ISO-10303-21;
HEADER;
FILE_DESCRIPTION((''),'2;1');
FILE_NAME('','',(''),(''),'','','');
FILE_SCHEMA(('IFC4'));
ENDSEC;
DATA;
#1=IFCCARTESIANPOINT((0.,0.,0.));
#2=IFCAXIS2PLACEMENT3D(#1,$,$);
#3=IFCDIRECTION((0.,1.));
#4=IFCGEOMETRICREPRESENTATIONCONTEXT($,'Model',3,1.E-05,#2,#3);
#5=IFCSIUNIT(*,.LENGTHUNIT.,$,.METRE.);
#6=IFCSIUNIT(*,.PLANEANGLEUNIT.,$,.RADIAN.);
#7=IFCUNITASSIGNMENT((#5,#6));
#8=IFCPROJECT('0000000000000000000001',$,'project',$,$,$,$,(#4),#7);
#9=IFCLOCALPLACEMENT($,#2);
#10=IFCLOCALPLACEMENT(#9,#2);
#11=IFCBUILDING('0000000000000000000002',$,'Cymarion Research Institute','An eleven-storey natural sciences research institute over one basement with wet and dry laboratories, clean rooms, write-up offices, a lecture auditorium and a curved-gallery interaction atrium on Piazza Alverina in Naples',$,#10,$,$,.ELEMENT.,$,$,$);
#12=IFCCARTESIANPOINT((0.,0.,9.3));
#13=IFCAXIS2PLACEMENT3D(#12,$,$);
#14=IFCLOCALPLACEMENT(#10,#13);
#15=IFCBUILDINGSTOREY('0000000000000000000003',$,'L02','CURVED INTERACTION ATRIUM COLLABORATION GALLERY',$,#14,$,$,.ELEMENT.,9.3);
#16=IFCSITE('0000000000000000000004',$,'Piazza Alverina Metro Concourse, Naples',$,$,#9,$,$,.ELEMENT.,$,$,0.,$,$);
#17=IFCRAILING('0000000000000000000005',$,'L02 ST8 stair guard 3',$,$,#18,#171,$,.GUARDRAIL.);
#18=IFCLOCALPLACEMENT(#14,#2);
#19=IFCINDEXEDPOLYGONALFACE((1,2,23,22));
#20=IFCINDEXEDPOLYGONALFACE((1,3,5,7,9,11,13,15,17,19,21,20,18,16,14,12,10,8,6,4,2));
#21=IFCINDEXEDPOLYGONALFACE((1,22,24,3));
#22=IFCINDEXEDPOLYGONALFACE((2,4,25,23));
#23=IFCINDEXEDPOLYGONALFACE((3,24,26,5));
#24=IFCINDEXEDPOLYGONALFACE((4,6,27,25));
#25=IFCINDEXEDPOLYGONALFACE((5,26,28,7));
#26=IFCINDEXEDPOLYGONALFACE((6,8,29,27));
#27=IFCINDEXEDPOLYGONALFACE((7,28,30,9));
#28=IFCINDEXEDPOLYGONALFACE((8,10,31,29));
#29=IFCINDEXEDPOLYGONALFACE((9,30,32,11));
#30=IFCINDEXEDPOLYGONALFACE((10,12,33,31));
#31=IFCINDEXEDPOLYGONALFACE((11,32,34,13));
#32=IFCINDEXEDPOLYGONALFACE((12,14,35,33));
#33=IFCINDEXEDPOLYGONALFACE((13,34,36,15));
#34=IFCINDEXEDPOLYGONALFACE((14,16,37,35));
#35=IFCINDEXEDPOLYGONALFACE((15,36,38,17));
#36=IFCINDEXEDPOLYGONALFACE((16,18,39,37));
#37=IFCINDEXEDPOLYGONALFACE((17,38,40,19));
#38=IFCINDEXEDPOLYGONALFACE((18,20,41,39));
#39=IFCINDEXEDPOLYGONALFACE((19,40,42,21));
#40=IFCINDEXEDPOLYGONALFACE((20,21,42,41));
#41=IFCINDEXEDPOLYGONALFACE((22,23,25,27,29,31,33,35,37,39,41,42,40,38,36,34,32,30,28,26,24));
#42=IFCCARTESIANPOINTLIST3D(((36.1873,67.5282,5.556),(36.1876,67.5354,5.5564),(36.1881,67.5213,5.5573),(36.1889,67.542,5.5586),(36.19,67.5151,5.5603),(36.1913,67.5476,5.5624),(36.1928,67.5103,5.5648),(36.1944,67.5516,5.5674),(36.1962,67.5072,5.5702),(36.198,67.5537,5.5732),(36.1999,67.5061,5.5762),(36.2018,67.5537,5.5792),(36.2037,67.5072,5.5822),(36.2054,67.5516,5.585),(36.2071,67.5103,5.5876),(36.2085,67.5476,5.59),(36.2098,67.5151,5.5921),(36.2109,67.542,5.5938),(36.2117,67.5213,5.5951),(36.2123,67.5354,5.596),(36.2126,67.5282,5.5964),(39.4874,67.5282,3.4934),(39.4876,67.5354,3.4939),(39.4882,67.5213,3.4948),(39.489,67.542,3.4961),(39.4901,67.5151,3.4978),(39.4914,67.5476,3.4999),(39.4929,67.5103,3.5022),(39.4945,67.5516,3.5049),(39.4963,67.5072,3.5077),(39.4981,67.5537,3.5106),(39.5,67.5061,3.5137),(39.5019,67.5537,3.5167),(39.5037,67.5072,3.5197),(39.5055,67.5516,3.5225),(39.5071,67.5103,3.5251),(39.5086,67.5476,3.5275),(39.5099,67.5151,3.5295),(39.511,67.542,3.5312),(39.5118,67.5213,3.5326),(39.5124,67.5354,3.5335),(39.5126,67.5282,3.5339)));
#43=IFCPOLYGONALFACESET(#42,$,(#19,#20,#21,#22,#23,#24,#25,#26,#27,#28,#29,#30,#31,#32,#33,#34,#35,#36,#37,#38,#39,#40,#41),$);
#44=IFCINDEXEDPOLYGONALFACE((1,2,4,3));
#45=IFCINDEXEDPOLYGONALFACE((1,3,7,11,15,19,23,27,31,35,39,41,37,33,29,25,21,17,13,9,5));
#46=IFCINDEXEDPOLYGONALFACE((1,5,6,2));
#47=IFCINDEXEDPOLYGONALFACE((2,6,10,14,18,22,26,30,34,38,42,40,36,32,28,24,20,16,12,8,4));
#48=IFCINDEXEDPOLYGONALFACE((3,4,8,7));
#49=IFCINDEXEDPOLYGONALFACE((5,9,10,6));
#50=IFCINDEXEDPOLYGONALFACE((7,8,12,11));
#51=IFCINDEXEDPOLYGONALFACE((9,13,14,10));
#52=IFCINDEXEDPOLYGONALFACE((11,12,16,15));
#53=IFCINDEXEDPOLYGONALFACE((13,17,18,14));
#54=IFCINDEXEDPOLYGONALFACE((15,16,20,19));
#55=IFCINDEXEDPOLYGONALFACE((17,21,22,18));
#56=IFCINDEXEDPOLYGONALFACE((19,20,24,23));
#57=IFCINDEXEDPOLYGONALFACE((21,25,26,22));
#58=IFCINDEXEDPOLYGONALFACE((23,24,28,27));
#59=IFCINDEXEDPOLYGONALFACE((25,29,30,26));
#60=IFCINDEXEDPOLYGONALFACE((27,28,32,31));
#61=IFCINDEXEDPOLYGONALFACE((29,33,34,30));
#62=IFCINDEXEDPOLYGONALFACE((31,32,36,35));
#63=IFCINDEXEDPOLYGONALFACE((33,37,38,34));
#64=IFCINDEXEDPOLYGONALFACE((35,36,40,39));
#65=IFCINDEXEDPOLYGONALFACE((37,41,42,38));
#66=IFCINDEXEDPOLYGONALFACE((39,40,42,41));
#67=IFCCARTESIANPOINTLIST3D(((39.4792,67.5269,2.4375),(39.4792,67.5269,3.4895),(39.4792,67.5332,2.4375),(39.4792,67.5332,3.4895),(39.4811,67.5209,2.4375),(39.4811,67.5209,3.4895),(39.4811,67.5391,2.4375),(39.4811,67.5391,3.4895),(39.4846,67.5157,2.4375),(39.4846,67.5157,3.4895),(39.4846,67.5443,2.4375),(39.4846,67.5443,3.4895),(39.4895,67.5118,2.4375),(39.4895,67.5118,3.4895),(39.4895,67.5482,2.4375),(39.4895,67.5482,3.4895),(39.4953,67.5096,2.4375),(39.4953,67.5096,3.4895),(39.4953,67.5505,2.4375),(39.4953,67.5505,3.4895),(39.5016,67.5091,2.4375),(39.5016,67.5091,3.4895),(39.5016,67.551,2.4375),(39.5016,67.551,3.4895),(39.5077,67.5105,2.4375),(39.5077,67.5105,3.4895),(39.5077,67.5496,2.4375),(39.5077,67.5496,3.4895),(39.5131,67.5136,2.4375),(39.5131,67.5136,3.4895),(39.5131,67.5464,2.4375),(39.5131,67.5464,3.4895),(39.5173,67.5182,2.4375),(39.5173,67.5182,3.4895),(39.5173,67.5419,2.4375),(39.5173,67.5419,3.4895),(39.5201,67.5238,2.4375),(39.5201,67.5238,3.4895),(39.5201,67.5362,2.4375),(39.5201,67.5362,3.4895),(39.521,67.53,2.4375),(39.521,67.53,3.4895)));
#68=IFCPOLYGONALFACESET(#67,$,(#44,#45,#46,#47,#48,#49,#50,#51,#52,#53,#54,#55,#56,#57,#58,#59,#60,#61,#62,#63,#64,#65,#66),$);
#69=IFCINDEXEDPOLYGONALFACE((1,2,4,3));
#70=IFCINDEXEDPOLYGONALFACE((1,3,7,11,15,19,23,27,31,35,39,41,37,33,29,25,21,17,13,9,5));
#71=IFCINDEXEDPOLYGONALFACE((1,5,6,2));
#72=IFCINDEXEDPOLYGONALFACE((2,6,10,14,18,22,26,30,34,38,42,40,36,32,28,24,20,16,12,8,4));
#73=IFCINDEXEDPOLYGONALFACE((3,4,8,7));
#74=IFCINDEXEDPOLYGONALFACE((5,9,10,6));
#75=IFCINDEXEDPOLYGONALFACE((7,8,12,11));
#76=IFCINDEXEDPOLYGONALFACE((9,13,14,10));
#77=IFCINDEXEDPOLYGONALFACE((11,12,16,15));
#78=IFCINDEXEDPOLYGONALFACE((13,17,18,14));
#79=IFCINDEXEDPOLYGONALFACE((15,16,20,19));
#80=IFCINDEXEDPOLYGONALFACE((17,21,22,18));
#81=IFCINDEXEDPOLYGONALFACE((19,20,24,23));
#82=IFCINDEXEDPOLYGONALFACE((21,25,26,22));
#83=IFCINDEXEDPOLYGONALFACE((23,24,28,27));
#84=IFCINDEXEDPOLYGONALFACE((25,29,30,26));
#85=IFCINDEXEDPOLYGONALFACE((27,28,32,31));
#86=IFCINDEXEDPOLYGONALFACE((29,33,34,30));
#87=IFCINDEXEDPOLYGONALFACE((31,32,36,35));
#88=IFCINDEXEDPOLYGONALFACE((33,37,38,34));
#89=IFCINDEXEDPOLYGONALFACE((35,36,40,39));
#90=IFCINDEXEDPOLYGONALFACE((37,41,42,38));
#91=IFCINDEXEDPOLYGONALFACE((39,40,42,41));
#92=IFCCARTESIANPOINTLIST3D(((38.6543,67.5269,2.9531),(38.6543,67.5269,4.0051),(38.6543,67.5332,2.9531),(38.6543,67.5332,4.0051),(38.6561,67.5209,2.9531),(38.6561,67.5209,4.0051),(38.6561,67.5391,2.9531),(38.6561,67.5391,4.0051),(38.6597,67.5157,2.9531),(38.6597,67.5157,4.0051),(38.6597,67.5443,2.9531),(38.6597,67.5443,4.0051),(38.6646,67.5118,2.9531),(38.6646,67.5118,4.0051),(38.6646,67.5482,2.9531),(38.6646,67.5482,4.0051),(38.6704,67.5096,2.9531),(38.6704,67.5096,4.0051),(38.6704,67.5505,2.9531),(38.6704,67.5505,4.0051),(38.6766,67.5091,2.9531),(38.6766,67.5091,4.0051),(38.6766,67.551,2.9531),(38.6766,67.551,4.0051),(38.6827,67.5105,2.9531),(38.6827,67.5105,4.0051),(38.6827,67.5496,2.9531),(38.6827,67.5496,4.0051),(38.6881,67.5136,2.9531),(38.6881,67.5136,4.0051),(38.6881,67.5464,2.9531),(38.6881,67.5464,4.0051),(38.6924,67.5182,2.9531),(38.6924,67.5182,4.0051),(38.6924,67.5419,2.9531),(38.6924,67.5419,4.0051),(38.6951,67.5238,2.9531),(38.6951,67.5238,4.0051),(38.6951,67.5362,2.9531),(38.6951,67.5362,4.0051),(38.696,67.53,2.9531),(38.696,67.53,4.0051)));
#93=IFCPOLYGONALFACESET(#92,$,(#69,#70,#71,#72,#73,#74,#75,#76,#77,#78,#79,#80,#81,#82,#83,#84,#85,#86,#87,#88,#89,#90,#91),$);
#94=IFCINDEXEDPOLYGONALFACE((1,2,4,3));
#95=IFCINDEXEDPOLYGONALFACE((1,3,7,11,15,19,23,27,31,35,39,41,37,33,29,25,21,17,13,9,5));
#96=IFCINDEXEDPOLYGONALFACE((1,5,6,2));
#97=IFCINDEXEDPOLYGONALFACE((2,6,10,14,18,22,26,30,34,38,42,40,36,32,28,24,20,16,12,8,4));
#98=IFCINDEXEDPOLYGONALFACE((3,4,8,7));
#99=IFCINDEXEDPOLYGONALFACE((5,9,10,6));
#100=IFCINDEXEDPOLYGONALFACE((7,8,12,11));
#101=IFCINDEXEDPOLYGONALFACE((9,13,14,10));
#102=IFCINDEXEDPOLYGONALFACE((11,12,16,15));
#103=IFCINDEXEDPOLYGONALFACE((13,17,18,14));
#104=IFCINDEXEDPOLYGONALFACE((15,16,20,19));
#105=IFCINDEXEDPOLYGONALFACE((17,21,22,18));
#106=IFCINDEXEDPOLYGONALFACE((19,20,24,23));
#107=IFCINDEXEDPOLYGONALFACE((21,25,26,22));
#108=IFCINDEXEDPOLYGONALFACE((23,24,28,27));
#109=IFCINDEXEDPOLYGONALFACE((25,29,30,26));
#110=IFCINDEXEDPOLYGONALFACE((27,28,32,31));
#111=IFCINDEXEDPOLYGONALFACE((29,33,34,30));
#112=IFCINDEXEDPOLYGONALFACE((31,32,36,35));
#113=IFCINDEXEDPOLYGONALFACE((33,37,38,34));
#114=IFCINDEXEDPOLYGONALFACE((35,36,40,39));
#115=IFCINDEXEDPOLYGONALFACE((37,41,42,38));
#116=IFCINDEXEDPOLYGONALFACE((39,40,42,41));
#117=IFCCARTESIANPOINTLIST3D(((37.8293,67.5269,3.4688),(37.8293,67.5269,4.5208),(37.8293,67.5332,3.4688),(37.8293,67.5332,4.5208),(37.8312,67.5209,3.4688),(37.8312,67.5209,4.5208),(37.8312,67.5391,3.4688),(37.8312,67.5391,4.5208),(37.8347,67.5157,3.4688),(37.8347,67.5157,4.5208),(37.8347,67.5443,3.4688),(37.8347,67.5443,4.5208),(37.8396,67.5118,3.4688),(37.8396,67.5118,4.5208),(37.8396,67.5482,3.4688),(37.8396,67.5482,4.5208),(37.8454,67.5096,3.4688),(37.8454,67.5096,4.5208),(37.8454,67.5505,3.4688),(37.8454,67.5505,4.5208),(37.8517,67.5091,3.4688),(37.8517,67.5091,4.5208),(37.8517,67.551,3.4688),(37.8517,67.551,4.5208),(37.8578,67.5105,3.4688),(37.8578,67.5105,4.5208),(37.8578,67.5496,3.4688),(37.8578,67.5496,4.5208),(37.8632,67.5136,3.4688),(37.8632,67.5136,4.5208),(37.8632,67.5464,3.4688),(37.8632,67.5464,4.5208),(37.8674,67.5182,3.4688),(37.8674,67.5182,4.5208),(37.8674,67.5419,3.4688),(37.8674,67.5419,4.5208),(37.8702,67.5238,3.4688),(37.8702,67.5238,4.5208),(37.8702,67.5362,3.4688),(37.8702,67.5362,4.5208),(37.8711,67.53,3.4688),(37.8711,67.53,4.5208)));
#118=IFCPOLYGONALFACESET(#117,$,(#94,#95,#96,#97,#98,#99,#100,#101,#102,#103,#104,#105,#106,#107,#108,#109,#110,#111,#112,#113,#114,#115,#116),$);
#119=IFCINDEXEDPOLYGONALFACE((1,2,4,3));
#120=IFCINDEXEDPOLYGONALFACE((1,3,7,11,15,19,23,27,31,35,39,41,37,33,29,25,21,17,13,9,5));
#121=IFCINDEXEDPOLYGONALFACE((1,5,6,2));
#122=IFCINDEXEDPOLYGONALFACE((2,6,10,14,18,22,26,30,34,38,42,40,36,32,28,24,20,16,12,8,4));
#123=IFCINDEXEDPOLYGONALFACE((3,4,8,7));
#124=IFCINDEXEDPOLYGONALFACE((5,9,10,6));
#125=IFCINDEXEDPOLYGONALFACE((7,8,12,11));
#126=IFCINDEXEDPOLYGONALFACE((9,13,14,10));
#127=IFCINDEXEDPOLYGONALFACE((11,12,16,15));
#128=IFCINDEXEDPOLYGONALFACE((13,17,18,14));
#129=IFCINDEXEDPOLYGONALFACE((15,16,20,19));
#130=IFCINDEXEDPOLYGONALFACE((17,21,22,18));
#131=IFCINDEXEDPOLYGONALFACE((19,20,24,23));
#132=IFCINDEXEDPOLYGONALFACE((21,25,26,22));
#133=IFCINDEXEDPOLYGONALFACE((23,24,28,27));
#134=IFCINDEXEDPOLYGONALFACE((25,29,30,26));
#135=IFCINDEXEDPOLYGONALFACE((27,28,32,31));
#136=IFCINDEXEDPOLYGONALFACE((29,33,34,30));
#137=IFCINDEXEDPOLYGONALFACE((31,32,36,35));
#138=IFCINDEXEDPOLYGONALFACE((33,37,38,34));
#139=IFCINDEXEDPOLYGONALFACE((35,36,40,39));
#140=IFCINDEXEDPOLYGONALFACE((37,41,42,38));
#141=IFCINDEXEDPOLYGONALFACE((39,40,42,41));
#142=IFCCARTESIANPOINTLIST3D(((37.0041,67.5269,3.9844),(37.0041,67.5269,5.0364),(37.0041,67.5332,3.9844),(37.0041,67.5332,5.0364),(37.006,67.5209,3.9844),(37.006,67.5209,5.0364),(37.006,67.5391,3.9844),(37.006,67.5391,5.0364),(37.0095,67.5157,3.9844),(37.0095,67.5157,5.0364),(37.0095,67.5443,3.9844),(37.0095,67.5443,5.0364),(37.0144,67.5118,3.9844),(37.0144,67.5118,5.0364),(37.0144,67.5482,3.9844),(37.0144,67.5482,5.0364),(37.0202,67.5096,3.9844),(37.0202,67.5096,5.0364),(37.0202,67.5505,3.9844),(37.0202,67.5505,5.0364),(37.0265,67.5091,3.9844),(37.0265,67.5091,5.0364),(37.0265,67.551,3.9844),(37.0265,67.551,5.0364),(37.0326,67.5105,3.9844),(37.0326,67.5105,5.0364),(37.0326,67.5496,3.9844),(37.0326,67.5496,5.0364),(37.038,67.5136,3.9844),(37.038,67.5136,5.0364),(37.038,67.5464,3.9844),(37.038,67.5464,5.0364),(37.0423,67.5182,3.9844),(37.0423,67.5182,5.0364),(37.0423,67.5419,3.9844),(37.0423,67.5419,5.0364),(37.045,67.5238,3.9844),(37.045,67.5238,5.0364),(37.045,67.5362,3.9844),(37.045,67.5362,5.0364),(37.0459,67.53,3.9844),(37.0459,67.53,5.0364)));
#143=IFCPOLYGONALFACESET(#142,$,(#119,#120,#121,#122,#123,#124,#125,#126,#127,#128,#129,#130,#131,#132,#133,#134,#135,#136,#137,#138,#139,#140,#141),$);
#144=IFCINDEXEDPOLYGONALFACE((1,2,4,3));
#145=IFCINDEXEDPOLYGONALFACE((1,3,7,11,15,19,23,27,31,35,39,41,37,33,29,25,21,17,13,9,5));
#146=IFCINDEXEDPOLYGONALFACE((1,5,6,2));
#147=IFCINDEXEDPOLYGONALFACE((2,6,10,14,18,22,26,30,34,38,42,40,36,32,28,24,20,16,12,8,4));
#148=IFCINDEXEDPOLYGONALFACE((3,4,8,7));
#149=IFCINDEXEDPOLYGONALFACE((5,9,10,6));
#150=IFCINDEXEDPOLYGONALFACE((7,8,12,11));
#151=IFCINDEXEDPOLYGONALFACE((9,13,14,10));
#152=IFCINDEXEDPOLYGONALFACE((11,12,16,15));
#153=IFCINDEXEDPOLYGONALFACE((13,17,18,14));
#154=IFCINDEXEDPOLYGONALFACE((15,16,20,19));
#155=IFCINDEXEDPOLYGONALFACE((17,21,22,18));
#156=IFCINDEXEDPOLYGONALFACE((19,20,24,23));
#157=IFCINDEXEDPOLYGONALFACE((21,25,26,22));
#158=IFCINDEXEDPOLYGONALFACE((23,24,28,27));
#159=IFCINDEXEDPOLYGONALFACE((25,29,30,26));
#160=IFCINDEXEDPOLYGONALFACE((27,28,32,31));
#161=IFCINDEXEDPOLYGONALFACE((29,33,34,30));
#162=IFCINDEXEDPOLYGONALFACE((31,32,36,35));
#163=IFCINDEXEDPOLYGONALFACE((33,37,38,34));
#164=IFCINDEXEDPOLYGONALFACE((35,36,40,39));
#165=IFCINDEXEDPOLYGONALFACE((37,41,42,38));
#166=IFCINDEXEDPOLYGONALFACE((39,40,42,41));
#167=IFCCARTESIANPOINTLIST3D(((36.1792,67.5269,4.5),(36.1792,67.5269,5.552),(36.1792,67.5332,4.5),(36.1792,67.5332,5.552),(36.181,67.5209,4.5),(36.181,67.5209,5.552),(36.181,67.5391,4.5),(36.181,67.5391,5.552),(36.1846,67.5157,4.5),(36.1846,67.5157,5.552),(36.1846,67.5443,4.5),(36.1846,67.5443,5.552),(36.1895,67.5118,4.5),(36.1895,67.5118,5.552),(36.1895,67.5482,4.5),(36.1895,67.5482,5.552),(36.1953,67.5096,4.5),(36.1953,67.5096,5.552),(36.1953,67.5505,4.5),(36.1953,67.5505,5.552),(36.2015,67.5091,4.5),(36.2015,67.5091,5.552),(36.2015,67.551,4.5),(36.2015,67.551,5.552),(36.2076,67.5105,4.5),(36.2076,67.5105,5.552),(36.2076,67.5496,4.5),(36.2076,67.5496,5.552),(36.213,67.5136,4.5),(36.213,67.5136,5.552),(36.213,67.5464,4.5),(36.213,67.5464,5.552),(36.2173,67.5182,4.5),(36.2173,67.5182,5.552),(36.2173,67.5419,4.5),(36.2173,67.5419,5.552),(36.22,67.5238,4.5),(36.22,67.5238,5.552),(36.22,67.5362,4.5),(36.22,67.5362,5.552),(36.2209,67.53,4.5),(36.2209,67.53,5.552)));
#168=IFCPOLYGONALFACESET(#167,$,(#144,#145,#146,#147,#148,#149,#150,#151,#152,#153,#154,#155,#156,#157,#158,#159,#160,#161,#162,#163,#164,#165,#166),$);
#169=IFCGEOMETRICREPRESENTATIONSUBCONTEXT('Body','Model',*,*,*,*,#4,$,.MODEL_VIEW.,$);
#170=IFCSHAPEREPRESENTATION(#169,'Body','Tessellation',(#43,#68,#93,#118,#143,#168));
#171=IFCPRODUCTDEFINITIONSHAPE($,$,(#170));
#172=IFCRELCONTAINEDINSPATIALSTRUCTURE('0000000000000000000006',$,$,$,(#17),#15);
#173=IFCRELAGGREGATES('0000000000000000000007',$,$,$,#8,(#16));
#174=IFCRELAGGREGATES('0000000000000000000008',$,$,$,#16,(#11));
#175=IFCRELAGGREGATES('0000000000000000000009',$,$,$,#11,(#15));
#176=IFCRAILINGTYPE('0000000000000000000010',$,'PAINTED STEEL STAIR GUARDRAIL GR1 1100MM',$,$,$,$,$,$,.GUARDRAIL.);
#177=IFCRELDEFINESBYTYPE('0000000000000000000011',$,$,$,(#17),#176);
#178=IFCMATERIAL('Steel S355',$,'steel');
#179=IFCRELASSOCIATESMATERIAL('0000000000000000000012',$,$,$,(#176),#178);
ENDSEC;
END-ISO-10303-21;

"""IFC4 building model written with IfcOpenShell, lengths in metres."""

from ifc_helpers import new_model, si_unit, direction, frame, origin, origin_2d, place, context, subcontext, project, spatial, circle, extrude, material, type_object, element, save


model = new_model("IFC4")

# Units and contexts
model_context = context("Model", 3, precision=1e-05, world=origin(), true_north=direction((0.0, 1.0)))
body_context = subcontext(model_context, "Body", "Model", "MODEL_VIEW")
ifc_project = project(units=[si_unit("LENGTHUNIT", "METRE"), si_unit("PLANEANGLEUNIT", "RADIAN")], contexts=[model_context])

# Site, building, storey
site_placement = place(None, origin())
site = spatial("IfcSite", under=ifc_project, at=site_placement, Name="Piazza Alverina Metro Concourse, Naples", CompositionType="ELEMENT", RefElevation=0.0)
building_placement = place(site_placement, origin())
building = spatial("IfcBuilding", under=site, at=building_placement, Name="Cymarion Research Institute", Description="An eleven-storey natural sciences research institute over one basement with wet and dry laboratories, clean rooms, write-up offices, a lecture auditorium and a curved-gallery interaction atrium on Piazza Alverina in Naples", CompositionType="ELEMENT")
storey_placement = place(building_placement, frame((0.0, 0.0, 9.3)))
storey = spatial("IfcBuildingStorey", under=building, at=storey_placement, Name="L02", Description="CURVED INTERACTION ATRIUM COLLABORATION GALLERY", CompositionType="ELEMENT", Elevation=9.3)

# Shared definitions
ifc_material_1 = material(Name="Steel S355", Category="steel")

# Railing
railing_type_1 = type_object("IfcRailingType", Name="PAINTED STEEL STAIR GUARDRAIL GR1 1100MM", PredefinedType="GUARDRAIL", material=ifc_material_1)
railing_1_placement = place(storey_placement, frame((39.5, 67.53, 2.4375)))
element("IfcRailing", 1, at=railing_1_placement, inside=storey, type_object=railing_type_1, Name="L02 ST8 stair guard 3", PredefinedType="GUARDRAIL", context=body_context, shape_type="SweptSolid", body=[
    extrude(circle(Radius=0.0239, at=origin_2d()), frame((0.0, 0.0, 1.0762), z_axis=(-0.848002, 0.0, 0.529993), x_axis=(0.0, -1.0, 0.0)), (0.0, 0.0, 1.0), 3.8916),
    extrude(circle(Radius=0.021, at=origin_2d()), origin(), (0.0, 0.0, 1.0), 1.052),
    extrude(circle(Radius=0.021, at=origin_2d()), frame((-0.825, 0.0, 0.5156)), (0.0, 0.0, 1.0), 1.052),
    extrude(circle(Radius=0.021, at=origin_2d()), frame((-1.6499, 0.0, 1.0312)), (0.0, 0.0, 1.0), 1.052),
    extrude(circle(Radius=0.021, at=origin_2d()), frame((-2.4751, 0.0, 1.5469)), (0.0, 0.0, 1.0), 1.052),
    extrude(circle(Radius=0.021, at=origin_2d()), frame((-3.3, 0.0, 2.0625)), (0.0, 0.0, 1.0), 1.052),
])

save(model, "model.ifc")
